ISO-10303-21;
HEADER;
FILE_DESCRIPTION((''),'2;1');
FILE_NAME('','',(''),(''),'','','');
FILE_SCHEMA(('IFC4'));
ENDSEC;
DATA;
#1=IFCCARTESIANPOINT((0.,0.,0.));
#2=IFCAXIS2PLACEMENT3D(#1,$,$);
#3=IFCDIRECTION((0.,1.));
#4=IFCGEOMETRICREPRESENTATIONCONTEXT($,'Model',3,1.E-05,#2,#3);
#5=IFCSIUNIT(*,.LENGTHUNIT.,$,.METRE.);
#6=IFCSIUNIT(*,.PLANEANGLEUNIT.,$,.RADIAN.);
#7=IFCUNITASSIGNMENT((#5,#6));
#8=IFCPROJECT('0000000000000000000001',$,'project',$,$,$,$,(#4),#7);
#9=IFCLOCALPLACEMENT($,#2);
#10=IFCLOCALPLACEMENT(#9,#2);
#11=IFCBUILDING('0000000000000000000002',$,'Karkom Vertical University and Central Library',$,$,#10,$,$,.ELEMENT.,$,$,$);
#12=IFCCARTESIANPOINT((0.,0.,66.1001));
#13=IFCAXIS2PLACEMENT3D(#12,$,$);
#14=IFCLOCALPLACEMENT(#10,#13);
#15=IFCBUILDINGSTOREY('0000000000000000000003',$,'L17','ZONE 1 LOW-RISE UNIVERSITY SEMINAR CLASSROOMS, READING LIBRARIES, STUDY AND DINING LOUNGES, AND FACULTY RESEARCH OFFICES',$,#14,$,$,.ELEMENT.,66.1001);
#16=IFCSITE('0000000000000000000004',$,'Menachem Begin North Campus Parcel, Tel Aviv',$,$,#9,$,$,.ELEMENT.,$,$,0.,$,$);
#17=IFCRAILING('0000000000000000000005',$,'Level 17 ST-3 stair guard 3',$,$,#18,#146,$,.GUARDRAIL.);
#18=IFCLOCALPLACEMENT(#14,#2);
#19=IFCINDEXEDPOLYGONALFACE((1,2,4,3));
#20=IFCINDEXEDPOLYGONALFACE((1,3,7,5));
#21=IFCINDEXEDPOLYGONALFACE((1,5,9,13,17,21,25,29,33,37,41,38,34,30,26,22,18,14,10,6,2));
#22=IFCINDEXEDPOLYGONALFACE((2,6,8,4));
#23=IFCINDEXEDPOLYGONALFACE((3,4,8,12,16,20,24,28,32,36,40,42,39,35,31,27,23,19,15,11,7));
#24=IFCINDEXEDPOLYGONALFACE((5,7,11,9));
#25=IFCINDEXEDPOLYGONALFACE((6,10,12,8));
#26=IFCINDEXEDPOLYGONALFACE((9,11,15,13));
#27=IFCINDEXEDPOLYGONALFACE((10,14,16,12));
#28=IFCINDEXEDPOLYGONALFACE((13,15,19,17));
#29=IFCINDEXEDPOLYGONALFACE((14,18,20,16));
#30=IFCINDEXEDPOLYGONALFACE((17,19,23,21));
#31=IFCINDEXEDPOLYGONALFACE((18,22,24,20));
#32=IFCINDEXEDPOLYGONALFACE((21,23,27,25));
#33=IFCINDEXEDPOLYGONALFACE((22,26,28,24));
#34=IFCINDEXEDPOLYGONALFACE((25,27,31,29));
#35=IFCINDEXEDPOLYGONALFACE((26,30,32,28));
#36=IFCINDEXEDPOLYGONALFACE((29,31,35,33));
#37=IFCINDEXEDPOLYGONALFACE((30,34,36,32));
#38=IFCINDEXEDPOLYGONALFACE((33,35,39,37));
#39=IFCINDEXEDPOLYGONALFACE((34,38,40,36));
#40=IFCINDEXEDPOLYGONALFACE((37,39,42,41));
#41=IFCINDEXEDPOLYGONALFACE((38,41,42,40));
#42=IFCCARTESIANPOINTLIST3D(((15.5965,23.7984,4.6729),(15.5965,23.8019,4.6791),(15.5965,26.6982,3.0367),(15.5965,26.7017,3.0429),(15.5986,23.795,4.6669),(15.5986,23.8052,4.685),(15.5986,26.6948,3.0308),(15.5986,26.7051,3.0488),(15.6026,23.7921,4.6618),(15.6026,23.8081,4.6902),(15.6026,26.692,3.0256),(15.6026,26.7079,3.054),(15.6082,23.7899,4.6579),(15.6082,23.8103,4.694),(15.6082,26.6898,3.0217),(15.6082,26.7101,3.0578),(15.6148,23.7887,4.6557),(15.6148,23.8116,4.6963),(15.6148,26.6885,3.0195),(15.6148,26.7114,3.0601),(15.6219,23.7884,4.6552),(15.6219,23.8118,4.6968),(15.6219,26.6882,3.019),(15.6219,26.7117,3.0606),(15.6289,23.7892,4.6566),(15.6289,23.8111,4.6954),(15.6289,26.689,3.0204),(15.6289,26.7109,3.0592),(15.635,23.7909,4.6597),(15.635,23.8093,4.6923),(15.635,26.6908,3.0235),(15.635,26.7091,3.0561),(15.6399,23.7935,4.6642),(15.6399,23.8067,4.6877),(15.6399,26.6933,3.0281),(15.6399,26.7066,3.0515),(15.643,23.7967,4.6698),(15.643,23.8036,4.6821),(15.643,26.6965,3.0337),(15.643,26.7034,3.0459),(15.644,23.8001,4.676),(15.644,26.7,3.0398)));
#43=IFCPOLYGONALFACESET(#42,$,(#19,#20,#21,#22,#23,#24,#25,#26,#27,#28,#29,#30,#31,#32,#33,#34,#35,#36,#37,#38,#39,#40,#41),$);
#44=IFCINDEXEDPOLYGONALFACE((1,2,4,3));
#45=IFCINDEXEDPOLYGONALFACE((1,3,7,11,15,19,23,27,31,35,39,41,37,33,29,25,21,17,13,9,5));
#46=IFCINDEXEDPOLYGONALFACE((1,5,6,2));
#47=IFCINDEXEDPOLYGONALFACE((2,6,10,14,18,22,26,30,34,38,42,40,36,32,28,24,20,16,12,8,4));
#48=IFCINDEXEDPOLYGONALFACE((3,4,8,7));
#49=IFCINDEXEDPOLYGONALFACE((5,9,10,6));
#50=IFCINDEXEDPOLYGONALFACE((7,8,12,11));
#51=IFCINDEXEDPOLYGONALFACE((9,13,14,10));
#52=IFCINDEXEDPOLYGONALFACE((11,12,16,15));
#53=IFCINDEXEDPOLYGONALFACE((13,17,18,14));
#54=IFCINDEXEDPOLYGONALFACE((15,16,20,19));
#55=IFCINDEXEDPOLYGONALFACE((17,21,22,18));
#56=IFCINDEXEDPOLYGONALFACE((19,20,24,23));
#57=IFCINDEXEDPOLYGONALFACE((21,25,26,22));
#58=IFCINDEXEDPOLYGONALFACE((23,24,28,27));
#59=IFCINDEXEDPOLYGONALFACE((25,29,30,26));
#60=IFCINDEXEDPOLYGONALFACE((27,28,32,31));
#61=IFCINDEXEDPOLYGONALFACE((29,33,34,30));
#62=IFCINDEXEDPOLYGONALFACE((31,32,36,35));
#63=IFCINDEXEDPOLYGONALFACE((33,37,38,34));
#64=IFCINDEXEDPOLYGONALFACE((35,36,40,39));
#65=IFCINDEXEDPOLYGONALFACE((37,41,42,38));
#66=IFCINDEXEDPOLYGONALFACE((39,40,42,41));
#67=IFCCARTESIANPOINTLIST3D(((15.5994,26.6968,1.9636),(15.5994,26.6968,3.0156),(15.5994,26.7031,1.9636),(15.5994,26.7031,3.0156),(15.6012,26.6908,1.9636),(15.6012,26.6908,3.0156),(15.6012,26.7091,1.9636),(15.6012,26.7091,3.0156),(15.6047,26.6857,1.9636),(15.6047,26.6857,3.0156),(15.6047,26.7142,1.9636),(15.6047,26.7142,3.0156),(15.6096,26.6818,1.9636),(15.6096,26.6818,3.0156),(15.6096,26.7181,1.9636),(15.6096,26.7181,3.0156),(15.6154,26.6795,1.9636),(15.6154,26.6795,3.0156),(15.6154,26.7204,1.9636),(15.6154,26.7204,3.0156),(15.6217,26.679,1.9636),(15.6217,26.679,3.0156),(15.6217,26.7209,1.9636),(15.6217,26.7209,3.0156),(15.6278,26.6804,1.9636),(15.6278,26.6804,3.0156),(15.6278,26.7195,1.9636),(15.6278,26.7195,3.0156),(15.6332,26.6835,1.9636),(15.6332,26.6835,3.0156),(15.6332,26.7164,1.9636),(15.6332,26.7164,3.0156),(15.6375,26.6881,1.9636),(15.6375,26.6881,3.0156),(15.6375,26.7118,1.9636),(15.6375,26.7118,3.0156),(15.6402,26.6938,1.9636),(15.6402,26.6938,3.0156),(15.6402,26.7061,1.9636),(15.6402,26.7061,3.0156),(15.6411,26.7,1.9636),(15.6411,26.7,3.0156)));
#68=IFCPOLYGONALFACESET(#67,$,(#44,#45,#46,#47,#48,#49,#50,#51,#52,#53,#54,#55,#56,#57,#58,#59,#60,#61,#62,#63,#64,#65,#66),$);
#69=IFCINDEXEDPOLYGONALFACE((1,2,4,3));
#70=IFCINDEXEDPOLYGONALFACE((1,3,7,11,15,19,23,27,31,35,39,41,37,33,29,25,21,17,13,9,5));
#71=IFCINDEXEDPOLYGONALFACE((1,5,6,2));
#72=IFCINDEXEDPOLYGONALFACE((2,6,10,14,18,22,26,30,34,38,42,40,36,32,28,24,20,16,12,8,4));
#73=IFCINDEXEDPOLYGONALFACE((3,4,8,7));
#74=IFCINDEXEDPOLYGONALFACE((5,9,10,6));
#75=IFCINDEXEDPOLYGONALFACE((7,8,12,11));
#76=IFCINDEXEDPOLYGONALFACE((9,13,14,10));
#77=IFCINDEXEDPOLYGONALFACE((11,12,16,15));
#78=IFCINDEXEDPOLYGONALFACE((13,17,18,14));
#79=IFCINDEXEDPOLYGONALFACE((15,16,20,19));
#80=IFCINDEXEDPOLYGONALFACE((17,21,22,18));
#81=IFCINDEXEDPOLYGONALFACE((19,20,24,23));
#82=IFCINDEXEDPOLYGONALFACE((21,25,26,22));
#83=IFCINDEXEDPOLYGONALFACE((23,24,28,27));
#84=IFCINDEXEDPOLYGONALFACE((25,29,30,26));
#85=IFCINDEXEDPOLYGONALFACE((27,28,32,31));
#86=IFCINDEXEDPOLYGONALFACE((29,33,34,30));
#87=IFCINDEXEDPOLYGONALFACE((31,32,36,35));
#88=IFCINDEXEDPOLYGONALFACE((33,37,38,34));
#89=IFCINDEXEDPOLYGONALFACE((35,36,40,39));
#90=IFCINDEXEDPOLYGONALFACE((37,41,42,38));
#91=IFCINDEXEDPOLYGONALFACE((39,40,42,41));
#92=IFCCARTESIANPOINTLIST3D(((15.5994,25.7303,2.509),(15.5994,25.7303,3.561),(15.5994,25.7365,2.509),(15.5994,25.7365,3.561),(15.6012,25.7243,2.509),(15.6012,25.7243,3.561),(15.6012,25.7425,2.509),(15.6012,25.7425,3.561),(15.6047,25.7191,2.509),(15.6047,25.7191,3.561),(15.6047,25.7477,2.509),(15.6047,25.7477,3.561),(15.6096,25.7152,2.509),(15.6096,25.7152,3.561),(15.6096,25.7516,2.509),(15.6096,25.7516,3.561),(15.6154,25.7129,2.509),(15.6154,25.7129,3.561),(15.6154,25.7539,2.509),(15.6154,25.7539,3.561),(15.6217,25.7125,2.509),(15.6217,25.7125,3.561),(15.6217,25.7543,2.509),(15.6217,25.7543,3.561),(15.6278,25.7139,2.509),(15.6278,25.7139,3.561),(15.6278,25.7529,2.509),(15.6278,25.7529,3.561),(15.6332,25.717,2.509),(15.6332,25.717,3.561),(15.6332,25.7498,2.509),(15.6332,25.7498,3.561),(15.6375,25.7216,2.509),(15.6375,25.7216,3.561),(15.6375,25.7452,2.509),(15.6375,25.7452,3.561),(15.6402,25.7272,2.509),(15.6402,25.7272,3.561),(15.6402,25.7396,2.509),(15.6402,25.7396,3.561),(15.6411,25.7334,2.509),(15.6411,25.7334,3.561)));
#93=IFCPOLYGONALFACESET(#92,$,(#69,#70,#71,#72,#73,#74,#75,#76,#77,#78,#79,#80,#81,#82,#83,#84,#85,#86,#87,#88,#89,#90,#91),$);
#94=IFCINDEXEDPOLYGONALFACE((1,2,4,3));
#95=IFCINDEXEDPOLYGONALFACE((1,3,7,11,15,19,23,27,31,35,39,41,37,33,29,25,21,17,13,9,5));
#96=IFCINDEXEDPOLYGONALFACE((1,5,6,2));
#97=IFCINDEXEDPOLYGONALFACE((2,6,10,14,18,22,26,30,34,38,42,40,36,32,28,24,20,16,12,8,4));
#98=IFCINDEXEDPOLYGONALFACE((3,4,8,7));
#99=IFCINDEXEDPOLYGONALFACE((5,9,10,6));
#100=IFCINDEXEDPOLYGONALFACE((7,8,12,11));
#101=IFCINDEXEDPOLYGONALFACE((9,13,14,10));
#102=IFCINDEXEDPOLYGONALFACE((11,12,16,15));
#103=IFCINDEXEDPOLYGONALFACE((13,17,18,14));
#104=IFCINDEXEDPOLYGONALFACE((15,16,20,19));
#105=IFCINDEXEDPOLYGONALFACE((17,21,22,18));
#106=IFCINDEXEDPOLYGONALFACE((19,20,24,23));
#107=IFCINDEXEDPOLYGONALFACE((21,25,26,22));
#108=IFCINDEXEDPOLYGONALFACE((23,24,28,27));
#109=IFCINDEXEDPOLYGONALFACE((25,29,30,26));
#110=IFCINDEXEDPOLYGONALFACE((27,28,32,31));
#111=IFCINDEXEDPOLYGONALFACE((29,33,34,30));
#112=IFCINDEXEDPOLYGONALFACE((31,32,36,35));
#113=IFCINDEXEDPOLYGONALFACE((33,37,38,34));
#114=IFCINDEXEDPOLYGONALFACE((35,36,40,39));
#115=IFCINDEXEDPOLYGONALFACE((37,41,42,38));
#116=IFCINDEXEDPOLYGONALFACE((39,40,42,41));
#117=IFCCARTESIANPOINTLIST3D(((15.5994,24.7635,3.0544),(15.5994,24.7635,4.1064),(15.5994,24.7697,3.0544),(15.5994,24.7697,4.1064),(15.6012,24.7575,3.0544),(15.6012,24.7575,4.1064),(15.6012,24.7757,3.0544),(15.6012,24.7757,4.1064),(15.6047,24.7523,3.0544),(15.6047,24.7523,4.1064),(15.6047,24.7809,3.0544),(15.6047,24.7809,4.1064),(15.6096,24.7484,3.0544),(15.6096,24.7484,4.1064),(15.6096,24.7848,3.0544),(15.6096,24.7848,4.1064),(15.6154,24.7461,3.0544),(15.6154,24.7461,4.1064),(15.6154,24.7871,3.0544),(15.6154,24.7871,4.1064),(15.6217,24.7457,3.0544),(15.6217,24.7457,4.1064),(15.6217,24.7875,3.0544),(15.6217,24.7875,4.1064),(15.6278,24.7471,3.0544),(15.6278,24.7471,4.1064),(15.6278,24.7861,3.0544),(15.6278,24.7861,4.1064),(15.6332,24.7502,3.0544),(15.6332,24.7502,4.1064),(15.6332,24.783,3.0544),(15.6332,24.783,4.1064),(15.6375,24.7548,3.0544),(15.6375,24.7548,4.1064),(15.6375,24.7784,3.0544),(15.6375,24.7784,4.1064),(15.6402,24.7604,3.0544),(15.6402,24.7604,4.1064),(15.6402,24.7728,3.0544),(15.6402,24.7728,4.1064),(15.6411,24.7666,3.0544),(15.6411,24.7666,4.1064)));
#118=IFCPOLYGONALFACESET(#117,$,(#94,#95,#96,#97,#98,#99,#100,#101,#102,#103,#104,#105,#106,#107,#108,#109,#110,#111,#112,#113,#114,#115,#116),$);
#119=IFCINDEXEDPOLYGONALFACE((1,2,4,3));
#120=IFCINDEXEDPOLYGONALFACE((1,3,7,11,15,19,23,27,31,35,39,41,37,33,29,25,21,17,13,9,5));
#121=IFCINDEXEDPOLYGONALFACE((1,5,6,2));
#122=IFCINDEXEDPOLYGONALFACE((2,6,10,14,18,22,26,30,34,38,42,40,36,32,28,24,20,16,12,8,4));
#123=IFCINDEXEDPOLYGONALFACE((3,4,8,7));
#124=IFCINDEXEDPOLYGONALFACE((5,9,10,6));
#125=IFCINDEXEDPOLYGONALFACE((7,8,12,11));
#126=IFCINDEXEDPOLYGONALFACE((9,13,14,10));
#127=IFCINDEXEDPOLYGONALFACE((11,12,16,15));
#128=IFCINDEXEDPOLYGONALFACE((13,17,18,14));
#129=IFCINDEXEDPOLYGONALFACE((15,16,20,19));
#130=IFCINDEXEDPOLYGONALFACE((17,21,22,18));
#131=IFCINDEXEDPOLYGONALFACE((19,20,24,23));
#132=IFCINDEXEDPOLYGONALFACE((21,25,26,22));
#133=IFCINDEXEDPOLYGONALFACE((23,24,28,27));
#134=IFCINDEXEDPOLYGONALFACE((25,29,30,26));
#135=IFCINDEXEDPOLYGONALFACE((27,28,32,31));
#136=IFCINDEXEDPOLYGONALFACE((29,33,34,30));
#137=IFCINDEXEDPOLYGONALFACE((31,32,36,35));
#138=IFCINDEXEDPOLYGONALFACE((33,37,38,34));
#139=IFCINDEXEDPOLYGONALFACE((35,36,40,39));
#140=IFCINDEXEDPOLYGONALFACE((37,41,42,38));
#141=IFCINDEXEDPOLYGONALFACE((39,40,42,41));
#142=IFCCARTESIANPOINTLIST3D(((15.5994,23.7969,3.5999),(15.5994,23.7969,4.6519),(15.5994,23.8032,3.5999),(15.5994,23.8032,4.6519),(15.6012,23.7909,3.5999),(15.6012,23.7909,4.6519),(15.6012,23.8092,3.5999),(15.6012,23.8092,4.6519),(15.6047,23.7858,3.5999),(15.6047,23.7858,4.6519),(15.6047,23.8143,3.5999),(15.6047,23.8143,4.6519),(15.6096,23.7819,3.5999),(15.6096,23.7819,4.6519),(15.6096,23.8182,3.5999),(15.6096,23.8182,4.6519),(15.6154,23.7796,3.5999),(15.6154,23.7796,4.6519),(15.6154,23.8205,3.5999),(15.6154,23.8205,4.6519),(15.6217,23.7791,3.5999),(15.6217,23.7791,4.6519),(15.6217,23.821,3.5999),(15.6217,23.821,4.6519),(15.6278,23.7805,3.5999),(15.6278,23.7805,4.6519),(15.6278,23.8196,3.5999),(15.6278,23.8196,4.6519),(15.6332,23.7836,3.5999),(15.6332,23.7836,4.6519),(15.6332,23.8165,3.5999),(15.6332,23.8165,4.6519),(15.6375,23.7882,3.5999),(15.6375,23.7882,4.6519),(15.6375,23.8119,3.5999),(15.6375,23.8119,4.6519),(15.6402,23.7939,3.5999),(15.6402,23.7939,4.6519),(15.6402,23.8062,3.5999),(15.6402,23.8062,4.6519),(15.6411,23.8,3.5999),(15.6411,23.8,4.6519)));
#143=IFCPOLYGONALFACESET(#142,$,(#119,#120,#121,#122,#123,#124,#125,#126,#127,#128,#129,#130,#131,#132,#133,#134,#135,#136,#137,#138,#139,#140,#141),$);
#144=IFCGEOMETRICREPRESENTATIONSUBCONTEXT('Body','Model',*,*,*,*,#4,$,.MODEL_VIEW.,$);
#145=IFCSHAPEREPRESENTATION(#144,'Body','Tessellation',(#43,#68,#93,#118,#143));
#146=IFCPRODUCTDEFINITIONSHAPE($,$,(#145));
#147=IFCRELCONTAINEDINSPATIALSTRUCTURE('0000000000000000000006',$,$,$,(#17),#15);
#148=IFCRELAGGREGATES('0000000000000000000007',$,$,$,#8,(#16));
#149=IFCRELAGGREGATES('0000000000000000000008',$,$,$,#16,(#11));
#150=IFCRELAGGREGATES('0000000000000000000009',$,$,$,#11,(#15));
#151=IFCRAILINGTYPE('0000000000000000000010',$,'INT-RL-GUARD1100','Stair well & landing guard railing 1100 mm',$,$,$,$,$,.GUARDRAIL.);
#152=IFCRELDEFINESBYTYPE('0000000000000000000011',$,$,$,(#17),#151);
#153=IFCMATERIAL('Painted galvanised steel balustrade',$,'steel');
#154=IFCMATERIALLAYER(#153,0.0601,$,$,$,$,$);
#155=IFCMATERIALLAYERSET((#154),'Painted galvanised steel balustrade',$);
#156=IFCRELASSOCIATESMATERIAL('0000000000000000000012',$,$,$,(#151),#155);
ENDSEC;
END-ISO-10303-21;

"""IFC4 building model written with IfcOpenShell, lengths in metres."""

from ifc_helpers import new_model, si_unit, direction, frame, origin, origin_2d, place, context, subcontext, project, spatial, circle, extrude, material, layer, layer_set, type_object, element, save


model = new_model("IFC4")

# Units and contexts
model_context = context("Model", 3, precision=1e-05, world=origin(), true_north=direction((0.0, 1.0)))
body_context = subcontext(model_context, "Body", "Model", "MODEL_VIEW")
ifc_project = project(units=[si_unit("LENGTHUNIT", "METRE"), si_unit("PLANEANGLEUNIT", "RADIAN")], contexts=[model_context])

# Site, building, storey
site_placement = place(None, origin())
site = spatial("IfcSite", under=ifc_project, at=site_placement, Name="Menachem Begin North Campus Parcel, Tel Aviv", CompositionType="ELEMENT", RefElevation=0.0)
building_placement = place(site_placement, origin())
building = spatial("IfcBuilding", under=site, at=building_placement, Name="Karkom Vertical University and Central Library", CompositionType="ELEMENT")
storey_placement = place(building_placement, frame((0.0, 0.0, 66.1001)))
storey = spatial("IfcBuildingStorey", under=building, at=storey_placement, Name="L17", Description="ZONE 1 LOW-RISE UNIVERSITY SEMINAR CLASSROOMS, READING LIBRARIES, STUDY AND DINING LOUNGES, AND FACULTY RESEARCH OFFICES", CompositionType="ELEMENT", Elevation=66.1001)

# Railing
ifc_material_1 = material(Name="Painted galvanised steel balustrade", Category="steel")
ifc_layer_1 = layer(ifc_material_1, 0.0601)
ifc_layer_set_1 = layer_set([ifc_layer_1], Name="Painted galvanised steel balustrade")
railing_type_1 = type_object("IfcRailingType", Name="INT-RL-GUARD1100", Description="Stair well & landing guard railing 1100 mm", PredefinedType="GUARDRAIL", material=ifc_layer_set_1)
railing_1_placement = place(storey_placement, frame((15.6201, 26.7, 1.9636)))
element("IfcRailing", 1, at=railing_1_placement, inside=storey, type_object=railing_type_1, Name="Level 17 ST-3 stair guard 3", PredefinedType="GUARDRAIL", context=body_context, shape_type="SweptSolid", body=[
    extrude(circle(Radius=0.0239, at=origin_2d()), frame((0.0, 0.0, 1.0762), z_axis=(0.0, -0.870929, 0.49141), x_axis=(1.0, 0.0, 0.0)), (0.0, 0.0, 1.0), 3.3296),
    extrude(circle(Radius=0.021, at=origin_2d()), origin(), (0.0, 0.0, 1.0), 1.052),
    extrude(circle(Radius=0.021, at=origin_2d()), frame((0.0, -0.9666, 0.5454)), (0.0, 0.0, 1.0), 1.052),
    extrude(circle(Radius=0.021, at=origin_2d()), frame((0.0, -1.9333, 1.0908)), (0.0, 0.0, 1.0), 1.052),
    extrude(circle(Radius=0.021, at=origin_2d()), frame((0.0, -2.8999, 1.6362)), (0.0, 0.0, 1.0), 1.052),
])

save(model, "model.ifc")
